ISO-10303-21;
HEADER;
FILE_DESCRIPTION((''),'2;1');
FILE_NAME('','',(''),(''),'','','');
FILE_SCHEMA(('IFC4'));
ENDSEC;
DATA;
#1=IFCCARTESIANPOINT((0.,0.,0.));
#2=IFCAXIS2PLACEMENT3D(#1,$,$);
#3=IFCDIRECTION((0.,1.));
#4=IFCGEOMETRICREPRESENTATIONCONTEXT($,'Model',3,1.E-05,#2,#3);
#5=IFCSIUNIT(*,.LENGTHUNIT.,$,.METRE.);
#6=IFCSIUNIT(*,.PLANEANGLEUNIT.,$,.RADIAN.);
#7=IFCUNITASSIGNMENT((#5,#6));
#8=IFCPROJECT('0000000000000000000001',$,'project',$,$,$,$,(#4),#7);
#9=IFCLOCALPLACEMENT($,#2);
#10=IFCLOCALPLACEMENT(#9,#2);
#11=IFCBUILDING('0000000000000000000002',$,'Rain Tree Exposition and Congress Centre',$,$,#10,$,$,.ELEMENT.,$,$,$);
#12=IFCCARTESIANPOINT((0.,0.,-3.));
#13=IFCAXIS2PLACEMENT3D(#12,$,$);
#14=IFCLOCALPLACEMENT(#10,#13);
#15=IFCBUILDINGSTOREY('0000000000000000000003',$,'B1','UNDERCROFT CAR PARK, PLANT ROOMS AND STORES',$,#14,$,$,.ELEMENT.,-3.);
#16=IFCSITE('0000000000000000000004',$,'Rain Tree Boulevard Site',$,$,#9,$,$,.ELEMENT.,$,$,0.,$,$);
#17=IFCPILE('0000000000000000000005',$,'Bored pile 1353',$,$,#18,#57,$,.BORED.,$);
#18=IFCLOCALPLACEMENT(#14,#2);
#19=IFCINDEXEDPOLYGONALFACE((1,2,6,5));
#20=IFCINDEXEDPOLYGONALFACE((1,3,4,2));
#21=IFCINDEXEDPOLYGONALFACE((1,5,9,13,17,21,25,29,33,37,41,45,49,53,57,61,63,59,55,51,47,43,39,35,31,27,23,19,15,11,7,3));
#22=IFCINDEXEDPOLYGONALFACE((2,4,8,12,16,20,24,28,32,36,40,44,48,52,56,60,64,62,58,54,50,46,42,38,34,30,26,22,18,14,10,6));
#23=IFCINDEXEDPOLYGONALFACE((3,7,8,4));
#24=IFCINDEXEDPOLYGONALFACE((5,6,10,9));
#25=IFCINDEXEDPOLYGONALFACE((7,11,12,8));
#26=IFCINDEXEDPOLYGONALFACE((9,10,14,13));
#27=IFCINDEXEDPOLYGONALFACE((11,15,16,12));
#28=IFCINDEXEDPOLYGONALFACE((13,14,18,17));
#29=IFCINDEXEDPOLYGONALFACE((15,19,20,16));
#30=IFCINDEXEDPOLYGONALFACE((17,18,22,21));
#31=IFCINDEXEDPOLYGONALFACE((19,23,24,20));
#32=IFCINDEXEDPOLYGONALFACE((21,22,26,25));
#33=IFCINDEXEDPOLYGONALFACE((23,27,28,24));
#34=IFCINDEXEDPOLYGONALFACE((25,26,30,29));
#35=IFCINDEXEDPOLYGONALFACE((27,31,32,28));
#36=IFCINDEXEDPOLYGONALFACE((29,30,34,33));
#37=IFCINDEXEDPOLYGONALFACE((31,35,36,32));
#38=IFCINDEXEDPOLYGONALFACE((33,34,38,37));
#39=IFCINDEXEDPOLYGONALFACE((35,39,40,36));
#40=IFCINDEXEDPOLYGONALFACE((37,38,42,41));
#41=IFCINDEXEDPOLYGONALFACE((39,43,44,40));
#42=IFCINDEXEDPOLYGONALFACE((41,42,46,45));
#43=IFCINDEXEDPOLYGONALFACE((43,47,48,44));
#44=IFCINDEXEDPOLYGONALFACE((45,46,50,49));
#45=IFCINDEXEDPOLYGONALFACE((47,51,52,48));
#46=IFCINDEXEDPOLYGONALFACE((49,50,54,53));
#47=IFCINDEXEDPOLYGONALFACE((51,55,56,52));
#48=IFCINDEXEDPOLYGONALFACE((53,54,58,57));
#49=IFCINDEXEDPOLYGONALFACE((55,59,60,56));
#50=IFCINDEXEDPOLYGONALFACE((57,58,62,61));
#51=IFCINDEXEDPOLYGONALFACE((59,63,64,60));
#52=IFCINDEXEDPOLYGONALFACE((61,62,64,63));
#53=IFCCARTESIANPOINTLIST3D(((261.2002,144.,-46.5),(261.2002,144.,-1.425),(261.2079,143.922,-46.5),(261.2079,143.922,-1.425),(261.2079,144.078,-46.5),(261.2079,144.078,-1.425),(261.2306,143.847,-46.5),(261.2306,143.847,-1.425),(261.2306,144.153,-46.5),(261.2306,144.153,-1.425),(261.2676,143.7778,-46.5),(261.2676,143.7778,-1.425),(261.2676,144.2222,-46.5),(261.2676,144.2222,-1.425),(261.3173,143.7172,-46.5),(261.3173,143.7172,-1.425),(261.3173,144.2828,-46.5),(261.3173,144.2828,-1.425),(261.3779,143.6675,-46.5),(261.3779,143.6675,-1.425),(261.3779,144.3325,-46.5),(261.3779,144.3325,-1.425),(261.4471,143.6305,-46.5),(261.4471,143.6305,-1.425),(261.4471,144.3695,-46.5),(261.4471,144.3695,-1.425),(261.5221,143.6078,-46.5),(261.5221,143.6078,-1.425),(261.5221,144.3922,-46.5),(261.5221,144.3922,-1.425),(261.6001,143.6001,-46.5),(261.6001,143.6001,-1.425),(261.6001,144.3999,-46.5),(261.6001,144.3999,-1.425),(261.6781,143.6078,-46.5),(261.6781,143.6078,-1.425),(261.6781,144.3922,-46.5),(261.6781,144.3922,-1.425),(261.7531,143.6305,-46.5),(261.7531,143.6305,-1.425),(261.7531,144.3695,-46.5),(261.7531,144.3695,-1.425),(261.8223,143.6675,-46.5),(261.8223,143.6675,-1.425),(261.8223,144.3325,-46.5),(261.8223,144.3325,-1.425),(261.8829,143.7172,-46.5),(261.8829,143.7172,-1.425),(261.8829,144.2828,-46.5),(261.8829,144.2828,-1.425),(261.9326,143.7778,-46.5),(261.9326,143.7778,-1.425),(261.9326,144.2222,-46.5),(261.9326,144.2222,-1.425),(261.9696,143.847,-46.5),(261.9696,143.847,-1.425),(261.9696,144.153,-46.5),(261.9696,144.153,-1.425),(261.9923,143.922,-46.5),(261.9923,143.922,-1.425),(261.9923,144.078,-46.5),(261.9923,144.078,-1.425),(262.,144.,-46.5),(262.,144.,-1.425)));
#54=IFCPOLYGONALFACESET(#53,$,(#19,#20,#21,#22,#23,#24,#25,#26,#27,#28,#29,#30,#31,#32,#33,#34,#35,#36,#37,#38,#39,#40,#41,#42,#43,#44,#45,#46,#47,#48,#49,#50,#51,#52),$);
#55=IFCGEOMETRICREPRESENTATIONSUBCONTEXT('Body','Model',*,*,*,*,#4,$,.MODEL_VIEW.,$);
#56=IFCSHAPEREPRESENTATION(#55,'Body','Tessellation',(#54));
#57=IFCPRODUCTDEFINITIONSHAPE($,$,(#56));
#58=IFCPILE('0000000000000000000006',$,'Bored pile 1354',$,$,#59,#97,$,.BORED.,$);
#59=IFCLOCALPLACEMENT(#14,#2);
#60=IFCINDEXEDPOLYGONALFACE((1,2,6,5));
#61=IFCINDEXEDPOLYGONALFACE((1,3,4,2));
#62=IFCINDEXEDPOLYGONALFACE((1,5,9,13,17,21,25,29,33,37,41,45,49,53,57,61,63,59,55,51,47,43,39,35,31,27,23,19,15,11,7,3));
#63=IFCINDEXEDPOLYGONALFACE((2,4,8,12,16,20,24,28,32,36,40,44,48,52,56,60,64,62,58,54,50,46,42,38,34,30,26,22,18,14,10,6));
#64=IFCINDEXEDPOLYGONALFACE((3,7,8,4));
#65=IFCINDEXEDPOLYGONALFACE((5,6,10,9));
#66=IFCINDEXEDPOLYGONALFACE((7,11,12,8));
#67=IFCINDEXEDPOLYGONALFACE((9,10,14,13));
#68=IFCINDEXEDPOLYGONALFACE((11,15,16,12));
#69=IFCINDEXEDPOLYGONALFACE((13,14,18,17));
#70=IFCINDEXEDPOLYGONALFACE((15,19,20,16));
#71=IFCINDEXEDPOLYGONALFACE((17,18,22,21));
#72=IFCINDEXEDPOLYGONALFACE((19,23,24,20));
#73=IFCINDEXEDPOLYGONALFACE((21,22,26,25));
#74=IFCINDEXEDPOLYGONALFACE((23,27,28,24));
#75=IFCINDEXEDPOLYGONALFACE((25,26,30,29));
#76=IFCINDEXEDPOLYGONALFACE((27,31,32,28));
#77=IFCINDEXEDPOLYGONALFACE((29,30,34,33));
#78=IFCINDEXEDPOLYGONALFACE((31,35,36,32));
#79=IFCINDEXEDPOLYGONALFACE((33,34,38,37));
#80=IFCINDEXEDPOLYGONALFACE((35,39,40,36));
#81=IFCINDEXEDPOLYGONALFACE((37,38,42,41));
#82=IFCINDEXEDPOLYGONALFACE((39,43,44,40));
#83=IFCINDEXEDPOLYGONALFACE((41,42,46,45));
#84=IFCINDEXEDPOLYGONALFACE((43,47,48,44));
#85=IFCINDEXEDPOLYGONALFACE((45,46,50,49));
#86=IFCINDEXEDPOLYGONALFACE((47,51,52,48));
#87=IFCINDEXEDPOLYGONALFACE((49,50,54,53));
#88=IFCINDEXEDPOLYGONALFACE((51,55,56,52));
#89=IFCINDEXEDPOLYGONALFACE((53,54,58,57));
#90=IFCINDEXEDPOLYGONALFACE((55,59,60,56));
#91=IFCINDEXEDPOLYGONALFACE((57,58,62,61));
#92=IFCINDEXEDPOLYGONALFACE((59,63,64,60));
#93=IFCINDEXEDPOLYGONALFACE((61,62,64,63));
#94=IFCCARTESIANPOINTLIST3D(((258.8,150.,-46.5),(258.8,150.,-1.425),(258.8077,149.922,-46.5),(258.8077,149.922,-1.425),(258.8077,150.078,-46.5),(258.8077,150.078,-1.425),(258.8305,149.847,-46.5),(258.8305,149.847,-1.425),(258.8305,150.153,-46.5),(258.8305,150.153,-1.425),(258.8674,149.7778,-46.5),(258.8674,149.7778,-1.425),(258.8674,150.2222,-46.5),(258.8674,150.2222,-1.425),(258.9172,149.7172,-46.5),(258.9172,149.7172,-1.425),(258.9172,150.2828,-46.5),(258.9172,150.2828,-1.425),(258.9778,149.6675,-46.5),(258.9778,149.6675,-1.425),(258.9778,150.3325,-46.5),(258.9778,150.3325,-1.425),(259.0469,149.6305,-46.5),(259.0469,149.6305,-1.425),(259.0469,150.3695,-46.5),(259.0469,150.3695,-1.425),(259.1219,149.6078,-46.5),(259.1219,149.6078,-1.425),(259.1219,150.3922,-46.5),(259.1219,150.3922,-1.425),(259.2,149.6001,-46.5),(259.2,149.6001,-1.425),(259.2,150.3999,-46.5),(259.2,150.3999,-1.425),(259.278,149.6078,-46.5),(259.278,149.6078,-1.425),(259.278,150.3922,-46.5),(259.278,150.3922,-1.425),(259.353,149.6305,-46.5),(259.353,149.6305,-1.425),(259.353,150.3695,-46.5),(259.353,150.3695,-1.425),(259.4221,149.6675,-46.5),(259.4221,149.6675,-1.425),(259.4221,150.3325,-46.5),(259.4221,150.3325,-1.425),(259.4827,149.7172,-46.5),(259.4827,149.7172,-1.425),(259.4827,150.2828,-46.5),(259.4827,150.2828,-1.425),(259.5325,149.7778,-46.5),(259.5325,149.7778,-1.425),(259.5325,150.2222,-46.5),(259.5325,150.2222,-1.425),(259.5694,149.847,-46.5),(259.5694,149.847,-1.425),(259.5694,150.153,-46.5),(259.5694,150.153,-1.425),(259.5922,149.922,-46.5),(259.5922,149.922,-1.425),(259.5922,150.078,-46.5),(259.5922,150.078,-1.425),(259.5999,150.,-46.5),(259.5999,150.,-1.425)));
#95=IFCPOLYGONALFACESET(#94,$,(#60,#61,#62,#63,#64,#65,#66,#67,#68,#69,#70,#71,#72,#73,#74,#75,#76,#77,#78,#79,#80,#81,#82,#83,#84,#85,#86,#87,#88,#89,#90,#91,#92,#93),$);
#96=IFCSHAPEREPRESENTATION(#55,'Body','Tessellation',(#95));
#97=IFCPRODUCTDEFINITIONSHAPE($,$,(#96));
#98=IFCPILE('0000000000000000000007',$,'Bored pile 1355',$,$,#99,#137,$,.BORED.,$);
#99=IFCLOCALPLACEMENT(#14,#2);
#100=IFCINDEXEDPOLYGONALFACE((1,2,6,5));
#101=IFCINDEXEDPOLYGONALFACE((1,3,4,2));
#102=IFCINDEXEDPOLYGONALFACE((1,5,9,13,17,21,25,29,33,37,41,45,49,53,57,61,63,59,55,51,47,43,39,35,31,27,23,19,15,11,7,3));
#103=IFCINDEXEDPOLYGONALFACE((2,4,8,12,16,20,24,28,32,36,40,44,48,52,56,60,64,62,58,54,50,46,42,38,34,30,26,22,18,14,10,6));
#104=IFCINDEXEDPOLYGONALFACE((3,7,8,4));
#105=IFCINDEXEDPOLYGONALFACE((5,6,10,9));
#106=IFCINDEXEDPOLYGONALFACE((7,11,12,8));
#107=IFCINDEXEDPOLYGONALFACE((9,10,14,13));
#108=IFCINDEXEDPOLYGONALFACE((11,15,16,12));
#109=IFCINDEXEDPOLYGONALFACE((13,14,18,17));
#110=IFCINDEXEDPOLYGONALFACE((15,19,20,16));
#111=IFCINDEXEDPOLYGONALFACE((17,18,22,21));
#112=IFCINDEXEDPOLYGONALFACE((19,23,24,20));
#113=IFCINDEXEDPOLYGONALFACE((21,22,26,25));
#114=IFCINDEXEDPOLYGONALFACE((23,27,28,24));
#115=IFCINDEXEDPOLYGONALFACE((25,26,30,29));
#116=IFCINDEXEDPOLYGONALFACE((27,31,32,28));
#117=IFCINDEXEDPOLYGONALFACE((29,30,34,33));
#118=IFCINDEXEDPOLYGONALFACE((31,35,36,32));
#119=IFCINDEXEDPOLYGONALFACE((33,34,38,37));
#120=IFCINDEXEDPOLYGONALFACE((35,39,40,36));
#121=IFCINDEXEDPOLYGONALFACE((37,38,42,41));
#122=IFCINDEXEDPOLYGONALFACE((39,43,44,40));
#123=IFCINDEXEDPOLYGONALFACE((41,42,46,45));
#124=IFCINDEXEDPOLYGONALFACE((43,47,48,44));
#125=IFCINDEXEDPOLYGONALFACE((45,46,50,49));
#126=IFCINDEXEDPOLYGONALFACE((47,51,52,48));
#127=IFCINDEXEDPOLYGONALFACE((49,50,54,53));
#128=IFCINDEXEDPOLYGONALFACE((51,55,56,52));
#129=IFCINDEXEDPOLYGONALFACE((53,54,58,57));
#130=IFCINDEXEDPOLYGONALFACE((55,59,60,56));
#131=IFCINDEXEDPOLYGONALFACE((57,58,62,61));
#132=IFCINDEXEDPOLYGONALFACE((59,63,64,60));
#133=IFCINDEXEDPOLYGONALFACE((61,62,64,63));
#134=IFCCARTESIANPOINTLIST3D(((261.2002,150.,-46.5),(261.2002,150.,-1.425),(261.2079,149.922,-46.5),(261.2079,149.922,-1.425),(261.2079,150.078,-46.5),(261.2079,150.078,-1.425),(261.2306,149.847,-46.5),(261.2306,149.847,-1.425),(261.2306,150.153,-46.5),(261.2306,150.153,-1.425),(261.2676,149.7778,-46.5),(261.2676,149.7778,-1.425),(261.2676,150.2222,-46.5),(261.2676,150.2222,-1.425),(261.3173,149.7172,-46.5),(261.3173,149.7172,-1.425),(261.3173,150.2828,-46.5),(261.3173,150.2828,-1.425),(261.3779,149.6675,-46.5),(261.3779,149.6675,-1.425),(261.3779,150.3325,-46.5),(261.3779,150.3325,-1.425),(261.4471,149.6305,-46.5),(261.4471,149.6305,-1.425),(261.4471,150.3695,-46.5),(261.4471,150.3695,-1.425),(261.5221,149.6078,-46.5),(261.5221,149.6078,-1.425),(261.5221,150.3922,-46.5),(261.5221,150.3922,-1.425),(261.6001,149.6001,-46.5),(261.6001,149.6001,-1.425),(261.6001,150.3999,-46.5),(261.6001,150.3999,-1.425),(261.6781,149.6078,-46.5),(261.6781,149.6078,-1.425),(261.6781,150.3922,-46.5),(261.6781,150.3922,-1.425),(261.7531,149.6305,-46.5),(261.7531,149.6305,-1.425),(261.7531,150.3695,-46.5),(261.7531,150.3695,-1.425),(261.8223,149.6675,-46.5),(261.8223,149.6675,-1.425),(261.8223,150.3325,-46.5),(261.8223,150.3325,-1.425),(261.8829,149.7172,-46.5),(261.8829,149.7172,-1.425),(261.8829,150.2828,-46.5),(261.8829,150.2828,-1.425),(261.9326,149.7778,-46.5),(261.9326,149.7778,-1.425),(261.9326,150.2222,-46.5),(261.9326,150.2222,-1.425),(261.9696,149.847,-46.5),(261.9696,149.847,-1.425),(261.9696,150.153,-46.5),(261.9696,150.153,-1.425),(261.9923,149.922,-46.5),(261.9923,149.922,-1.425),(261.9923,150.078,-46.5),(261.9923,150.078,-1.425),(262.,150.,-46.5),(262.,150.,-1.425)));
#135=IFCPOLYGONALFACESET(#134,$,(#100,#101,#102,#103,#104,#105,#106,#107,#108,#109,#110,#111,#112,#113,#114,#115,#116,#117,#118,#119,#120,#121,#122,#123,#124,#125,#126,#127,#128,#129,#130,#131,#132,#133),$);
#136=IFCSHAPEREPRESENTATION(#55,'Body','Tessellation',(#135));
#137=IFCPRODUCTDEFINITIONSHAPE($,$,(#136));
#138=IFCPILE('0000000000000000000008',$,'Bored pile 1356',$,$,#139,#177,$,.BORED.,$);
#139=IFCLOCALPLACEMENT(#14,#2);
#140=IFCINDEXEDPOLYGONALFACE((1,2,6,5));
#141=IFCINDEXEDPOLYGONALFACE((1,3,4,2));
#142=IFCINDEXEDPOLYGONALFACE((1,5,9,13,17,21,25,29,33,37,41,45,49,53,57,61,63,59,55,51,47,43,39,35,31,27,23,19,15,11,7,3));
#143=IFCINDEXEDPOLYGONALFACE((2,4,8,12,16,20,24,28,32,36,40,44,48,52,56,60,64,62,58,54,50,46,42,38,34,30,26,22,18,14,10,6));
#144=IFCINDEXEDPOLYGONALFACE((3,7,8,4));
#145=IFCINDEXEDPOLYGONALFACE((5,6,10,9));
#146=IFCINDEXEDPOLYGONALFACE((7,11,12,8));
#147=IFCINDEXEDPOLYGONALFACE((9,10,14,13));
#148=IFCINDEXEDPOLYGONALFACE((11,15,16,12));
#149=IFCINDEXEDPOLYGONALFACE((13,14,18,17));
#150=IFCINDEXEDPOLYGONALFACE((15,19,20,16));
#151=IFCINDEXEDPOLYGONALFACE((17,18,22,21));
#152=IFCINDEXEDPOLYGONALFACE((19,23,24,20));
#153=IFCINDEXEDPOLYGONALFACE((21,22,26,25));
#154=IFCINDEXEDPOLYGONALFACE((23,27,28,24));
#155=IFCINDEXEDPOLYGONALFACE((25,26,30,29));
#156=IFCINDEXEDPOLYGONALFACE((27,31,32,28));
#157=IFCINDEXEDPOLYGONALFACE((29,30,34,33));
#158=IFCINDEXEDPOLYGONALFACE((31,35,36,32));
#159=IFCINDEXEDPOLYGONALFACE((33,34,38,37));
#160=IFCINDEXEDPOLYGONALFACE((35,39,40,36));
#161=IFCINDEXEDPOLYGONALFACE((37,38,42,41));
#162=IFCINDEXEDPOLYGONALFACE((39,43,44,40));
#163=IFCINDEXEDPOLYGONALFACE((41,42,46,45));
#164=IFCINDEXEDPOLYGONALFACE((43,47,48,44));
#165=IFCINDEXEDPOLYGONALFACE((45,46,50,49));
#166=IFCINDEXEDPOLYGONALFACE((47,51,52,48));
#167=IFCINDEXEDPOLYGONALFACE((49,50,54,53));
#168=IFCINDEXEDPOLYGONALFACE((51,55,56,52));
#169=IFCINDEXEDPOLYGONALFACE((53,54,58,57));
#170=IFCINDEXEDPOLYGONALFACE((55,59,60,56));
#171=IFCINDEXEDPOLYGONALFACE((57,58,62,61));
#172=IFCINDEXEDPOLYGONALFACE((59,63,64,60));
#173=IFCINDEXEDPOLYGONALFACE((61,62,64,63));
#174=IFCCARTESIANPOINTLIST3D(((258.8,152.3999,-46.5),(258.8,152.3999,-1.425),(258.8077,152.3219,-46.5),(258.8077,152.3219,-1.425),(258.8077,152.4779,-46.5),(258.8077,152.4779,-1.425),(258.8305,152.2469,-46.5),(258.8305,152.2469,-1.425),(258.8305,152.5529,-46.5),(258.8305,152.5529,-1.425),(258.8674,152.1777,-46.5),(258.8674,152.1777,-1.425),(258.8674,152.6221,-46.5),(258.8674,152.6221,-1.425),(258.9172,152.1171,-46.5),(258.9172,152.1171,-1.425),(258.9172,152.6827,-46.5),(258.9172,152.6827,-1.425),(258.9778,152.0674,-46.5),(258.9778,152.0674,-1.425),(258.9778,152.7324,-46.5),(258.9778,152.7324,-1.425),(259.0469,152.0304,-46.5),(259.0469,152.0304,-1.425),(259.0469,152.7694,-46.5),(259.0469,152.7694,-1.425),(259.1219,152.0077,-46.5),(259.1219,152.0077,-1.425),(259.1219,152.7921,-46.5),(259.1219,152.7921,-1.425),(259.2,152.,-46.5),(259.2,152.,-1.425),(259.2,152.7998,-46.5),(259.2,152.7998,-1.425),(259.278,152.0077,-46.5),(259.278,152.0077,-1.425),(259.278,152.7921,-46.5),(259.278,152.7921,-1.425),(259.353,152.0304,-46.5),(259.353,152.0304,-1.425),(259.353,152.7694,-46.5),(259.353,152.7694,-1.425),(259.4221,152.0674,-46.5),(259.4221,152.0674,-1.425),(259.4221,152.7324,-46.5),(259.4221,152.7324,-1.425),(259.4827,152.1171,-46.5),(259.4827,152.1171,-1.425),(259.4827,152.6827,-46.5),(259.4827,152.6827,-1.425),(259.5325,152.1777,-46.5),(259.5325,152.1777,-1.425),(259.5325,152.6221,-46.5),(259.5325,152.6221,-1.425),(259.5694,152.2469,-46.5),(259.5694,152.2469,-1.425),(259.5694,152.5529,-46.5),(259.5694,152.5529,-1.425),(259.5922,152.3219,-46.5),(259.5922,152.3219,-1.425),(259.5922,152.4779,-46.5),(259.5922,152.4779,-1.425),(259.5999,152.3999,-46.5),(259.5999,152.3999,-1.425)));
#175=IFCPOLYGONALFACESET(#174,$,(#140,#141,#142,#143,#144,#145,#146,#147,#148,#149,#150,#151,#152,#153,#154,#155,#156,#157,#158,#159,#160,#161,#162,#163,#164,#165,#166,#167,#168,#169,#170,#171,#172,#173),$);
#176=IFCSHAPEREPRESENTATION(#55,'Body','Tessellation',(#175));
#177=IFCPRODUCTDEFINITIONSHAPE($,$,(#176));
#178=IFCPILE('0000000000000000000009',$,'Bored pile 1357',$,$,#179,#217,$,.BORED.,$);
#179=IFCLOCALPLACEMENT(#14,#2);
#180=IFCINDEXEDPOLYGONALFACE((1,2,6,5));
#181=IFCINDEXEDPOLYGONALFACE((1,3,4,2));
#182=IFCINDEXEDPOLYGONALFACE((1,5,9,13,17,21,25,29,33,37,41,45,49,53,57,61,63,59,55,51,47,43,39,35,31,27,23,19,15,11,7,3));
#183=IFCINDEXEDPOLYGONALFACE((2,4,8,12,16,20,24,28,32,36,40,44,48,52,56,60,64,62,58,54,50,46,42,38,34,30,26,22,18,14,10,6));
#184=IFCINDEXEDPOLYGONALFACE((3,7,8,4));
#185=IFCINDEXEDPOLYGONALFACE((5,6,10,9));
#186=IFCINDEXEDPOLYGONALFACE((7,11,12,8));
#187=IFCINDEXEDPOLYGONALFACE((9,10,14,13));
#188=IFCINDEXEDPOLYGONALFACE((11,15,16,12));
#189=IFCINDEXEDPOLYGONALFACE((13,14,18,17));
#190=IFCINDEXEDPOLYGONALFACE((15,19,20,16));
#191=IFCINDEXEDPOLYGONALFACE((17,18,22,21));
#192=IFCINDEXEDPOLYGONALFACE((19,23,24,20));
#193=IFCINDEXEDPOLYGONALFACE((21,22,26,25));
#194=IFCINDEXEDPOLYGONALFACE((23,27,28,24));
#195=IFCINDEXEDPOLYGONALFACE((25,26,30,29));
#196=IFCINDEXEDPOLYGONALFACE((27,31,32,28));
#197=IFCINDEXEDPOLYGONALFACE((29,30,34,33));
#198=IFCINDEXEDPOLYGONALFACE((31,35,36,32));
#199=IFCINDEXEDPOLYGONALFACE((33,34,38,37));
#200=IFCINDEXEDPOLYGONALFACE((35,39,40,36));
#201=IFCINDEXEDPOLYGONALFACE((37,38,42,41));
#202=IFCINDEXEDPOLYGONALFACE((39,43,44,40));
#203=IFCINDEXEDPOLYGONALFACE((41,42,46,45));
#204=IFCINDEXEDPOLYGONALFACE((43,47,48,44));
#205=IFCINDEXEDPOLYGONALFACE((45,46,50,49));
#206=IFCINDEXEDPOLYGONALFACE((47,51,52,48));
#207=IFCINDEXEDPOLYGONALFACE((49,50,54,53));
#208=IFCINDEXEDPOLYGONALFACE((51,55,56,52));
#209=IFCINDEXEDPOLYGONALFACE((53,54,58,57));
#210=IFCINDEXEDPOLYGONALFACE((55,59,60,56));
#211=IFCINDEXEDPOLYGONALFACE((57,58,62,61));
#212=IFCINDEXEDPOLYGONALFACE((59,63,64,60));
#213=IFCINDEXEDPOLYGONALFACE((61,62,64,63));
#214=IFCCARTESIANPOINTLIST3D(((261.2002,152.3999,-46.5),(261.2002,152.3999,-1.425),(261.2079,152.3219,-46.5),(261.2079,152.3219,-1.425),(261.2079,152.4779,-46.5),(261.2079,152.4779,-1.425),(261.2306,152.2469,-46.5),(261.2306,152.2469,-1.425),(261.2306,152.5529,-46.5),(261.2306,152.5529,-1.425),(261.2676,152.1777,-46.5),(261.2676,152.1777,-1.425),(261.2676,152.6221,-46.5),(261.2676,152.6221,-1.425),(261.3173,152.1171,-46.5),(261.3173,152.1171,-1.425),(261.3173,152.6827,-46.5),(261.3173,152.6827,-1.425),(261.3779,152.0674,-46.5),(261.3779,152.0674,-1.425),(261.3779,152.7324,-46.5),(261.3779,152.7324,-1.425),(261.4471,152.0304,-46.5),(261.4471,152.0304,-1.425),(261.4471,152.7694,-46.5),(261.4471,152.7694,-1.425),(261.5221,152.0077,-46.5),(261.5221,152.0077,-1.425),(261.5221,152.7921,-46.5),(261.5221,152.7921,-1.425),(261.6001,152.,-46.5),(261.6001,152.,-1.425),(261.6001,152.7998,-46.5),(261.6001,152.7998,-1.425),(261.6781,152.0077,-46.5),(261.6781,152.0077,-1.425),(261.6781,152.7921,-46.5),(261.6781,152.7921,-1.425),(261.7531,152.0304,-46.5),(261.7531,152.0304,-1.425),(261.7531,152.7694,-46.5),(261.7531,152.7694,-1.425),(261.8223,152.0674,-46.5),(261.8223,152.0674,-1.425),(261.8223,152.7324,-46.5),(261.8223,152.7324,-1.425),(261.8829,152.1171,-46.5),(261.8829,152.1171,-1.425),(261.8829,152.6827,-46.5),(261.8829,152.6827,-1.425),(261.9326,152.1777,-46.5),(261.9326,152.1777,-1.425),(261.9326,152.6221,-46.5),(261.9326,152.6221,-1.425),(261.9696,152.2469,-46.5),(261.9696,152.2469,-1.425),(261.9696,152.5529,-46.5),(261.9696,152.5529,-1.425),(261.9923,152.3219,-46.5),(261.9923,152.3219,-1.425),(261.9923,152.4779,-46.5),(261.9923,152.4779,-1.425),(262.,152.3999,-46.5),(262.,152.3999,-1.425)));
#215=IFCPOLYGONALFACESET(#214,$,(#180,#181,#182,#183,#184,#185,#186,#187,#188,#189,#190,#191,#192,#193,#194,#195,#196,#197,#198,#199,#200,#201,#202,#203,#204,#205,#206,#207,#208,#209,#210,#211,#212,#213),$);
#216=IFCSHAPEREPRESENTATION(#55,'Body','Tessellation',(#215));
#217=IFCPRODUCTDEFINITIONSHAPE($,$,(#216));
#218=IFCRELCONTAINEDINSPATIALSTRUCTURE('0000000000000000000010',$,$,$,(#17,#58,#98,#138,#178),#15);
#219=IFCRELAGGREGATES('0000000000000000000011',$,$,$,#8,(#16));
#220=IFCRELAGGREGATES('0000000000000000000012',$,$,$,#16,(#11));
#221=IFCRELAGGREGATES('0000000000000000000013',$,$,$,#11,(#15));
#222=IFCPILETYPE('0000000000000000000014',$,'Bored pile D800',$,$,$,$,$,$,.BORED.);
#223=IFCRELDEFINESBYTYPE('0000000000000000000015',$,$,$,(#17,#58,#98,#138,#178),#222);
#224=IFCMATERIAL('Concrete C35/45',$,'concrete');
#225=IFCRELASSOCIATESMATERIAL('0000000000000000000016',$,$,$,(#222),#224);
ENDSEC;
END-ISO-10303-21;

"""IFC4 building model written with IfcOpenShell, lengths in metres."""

from ifc_helpers import new_model, si_unit, direction, frame, origin, origin_2d, place, context, subcontext, project, spatial, circle, extrude, material, material_profile, profile_set, type_object, element, save


model = new_model("IFC4")

# Units and contexts
model_context = context("Model", 3, precision=1e-05, world=origin(), true_north=direction((0.0, 1.0)))
body_context = subcontext(model_context, "Body", "Model", "MODEL_VIEW")
ifc_project = project(units=[si_unit("LENGTHUNIT", "METRE"), si_unit("PLANEANGLEUNIT", "RADIAN")], contexts=[model_context])

# Site, building, storey
site_placement = place(None, origin())
site = spatial("IfcSite", under=ifc_project, at=site_placement, Name="Rain Tree Boulevard Site", CompositionType="ELEMENT", RefElevation=0.0)
building_placement = place(site_placement, origin())
building = spatial("IfcBuilding", under=site, at=building_placement, Name="Rain Tree Exposition and Congress Centre", CompositionType="ELEMENT")
storey_placement = place(building_placement, frame((0.0, 0.0, -3.0)))
storey = spatial("IfcBuildingStorey", under=building, at=storey_placement, Name="B1", Description="UNDERCROFT CAR PARK, PLANT ROOMS AND STORES", CompositionType="ELEMENT", Elevation=-3.0)

# Piles
ifc_material_1 = material(Name="Concrete C35/45", Category="concrete")
ifc_material_profile_1 = material_profile(ifc_material_1, circle(Radius=0.3999, at=origin_2d()), Name="D800")
ifc_profile_set_1 = profile_set([ifc_material_profile_1], Name="Concrete C35/45")
pile_type_1 = type_object("IfcPileType", Name="Bored pile D800", PredefinedType="BORED", material=ifc_profile_set_1)
for number, where, z_axis, x_axis, name in (
    (1, (261.6001, 144.0, -1.425), (0.0, 0.0, -1.0), (1.0, 0.0, 0.0), "Bored pile 1353"),
    (2, (259.2, 150.0, -1.425), (0.0, 0.0, -1.0), (1.0, 0.0, 0.0), "Bored pile 1354"),
    (3, (261.6001, 150.0, -1.425), (0.0, 0.0, -1.0), (1.0, 0.0, 0.0), "Bored pile 1355"),
    (4, (259.2, 152.3999, -1.425), (0.0, 0.0, -1.0), (1.0, 0.0, 0.0), "Bored pile 1356"),
    (5, (261.6001, 152.3999, -1.425), (0.0, 0.0, -1.0), (1.0, 0.0, 0.0), "Bored pile 1357"),
):
    element("IfcPile", number, at=place(storey_placement, frame(where, z_axis=z_axis, x_axis=x_axis)), inside=storey, type_object=pile_type_1, Name=name, PredefinedType="BORED", context=body_context, shape_type="SweptSolid", body=[
        extrude(circle(Radius=0.3999, at=origin_2d()), origin(), (0.0, 0.0, 1.0), 45.075),
    ])

save(model, "model.ifc")
